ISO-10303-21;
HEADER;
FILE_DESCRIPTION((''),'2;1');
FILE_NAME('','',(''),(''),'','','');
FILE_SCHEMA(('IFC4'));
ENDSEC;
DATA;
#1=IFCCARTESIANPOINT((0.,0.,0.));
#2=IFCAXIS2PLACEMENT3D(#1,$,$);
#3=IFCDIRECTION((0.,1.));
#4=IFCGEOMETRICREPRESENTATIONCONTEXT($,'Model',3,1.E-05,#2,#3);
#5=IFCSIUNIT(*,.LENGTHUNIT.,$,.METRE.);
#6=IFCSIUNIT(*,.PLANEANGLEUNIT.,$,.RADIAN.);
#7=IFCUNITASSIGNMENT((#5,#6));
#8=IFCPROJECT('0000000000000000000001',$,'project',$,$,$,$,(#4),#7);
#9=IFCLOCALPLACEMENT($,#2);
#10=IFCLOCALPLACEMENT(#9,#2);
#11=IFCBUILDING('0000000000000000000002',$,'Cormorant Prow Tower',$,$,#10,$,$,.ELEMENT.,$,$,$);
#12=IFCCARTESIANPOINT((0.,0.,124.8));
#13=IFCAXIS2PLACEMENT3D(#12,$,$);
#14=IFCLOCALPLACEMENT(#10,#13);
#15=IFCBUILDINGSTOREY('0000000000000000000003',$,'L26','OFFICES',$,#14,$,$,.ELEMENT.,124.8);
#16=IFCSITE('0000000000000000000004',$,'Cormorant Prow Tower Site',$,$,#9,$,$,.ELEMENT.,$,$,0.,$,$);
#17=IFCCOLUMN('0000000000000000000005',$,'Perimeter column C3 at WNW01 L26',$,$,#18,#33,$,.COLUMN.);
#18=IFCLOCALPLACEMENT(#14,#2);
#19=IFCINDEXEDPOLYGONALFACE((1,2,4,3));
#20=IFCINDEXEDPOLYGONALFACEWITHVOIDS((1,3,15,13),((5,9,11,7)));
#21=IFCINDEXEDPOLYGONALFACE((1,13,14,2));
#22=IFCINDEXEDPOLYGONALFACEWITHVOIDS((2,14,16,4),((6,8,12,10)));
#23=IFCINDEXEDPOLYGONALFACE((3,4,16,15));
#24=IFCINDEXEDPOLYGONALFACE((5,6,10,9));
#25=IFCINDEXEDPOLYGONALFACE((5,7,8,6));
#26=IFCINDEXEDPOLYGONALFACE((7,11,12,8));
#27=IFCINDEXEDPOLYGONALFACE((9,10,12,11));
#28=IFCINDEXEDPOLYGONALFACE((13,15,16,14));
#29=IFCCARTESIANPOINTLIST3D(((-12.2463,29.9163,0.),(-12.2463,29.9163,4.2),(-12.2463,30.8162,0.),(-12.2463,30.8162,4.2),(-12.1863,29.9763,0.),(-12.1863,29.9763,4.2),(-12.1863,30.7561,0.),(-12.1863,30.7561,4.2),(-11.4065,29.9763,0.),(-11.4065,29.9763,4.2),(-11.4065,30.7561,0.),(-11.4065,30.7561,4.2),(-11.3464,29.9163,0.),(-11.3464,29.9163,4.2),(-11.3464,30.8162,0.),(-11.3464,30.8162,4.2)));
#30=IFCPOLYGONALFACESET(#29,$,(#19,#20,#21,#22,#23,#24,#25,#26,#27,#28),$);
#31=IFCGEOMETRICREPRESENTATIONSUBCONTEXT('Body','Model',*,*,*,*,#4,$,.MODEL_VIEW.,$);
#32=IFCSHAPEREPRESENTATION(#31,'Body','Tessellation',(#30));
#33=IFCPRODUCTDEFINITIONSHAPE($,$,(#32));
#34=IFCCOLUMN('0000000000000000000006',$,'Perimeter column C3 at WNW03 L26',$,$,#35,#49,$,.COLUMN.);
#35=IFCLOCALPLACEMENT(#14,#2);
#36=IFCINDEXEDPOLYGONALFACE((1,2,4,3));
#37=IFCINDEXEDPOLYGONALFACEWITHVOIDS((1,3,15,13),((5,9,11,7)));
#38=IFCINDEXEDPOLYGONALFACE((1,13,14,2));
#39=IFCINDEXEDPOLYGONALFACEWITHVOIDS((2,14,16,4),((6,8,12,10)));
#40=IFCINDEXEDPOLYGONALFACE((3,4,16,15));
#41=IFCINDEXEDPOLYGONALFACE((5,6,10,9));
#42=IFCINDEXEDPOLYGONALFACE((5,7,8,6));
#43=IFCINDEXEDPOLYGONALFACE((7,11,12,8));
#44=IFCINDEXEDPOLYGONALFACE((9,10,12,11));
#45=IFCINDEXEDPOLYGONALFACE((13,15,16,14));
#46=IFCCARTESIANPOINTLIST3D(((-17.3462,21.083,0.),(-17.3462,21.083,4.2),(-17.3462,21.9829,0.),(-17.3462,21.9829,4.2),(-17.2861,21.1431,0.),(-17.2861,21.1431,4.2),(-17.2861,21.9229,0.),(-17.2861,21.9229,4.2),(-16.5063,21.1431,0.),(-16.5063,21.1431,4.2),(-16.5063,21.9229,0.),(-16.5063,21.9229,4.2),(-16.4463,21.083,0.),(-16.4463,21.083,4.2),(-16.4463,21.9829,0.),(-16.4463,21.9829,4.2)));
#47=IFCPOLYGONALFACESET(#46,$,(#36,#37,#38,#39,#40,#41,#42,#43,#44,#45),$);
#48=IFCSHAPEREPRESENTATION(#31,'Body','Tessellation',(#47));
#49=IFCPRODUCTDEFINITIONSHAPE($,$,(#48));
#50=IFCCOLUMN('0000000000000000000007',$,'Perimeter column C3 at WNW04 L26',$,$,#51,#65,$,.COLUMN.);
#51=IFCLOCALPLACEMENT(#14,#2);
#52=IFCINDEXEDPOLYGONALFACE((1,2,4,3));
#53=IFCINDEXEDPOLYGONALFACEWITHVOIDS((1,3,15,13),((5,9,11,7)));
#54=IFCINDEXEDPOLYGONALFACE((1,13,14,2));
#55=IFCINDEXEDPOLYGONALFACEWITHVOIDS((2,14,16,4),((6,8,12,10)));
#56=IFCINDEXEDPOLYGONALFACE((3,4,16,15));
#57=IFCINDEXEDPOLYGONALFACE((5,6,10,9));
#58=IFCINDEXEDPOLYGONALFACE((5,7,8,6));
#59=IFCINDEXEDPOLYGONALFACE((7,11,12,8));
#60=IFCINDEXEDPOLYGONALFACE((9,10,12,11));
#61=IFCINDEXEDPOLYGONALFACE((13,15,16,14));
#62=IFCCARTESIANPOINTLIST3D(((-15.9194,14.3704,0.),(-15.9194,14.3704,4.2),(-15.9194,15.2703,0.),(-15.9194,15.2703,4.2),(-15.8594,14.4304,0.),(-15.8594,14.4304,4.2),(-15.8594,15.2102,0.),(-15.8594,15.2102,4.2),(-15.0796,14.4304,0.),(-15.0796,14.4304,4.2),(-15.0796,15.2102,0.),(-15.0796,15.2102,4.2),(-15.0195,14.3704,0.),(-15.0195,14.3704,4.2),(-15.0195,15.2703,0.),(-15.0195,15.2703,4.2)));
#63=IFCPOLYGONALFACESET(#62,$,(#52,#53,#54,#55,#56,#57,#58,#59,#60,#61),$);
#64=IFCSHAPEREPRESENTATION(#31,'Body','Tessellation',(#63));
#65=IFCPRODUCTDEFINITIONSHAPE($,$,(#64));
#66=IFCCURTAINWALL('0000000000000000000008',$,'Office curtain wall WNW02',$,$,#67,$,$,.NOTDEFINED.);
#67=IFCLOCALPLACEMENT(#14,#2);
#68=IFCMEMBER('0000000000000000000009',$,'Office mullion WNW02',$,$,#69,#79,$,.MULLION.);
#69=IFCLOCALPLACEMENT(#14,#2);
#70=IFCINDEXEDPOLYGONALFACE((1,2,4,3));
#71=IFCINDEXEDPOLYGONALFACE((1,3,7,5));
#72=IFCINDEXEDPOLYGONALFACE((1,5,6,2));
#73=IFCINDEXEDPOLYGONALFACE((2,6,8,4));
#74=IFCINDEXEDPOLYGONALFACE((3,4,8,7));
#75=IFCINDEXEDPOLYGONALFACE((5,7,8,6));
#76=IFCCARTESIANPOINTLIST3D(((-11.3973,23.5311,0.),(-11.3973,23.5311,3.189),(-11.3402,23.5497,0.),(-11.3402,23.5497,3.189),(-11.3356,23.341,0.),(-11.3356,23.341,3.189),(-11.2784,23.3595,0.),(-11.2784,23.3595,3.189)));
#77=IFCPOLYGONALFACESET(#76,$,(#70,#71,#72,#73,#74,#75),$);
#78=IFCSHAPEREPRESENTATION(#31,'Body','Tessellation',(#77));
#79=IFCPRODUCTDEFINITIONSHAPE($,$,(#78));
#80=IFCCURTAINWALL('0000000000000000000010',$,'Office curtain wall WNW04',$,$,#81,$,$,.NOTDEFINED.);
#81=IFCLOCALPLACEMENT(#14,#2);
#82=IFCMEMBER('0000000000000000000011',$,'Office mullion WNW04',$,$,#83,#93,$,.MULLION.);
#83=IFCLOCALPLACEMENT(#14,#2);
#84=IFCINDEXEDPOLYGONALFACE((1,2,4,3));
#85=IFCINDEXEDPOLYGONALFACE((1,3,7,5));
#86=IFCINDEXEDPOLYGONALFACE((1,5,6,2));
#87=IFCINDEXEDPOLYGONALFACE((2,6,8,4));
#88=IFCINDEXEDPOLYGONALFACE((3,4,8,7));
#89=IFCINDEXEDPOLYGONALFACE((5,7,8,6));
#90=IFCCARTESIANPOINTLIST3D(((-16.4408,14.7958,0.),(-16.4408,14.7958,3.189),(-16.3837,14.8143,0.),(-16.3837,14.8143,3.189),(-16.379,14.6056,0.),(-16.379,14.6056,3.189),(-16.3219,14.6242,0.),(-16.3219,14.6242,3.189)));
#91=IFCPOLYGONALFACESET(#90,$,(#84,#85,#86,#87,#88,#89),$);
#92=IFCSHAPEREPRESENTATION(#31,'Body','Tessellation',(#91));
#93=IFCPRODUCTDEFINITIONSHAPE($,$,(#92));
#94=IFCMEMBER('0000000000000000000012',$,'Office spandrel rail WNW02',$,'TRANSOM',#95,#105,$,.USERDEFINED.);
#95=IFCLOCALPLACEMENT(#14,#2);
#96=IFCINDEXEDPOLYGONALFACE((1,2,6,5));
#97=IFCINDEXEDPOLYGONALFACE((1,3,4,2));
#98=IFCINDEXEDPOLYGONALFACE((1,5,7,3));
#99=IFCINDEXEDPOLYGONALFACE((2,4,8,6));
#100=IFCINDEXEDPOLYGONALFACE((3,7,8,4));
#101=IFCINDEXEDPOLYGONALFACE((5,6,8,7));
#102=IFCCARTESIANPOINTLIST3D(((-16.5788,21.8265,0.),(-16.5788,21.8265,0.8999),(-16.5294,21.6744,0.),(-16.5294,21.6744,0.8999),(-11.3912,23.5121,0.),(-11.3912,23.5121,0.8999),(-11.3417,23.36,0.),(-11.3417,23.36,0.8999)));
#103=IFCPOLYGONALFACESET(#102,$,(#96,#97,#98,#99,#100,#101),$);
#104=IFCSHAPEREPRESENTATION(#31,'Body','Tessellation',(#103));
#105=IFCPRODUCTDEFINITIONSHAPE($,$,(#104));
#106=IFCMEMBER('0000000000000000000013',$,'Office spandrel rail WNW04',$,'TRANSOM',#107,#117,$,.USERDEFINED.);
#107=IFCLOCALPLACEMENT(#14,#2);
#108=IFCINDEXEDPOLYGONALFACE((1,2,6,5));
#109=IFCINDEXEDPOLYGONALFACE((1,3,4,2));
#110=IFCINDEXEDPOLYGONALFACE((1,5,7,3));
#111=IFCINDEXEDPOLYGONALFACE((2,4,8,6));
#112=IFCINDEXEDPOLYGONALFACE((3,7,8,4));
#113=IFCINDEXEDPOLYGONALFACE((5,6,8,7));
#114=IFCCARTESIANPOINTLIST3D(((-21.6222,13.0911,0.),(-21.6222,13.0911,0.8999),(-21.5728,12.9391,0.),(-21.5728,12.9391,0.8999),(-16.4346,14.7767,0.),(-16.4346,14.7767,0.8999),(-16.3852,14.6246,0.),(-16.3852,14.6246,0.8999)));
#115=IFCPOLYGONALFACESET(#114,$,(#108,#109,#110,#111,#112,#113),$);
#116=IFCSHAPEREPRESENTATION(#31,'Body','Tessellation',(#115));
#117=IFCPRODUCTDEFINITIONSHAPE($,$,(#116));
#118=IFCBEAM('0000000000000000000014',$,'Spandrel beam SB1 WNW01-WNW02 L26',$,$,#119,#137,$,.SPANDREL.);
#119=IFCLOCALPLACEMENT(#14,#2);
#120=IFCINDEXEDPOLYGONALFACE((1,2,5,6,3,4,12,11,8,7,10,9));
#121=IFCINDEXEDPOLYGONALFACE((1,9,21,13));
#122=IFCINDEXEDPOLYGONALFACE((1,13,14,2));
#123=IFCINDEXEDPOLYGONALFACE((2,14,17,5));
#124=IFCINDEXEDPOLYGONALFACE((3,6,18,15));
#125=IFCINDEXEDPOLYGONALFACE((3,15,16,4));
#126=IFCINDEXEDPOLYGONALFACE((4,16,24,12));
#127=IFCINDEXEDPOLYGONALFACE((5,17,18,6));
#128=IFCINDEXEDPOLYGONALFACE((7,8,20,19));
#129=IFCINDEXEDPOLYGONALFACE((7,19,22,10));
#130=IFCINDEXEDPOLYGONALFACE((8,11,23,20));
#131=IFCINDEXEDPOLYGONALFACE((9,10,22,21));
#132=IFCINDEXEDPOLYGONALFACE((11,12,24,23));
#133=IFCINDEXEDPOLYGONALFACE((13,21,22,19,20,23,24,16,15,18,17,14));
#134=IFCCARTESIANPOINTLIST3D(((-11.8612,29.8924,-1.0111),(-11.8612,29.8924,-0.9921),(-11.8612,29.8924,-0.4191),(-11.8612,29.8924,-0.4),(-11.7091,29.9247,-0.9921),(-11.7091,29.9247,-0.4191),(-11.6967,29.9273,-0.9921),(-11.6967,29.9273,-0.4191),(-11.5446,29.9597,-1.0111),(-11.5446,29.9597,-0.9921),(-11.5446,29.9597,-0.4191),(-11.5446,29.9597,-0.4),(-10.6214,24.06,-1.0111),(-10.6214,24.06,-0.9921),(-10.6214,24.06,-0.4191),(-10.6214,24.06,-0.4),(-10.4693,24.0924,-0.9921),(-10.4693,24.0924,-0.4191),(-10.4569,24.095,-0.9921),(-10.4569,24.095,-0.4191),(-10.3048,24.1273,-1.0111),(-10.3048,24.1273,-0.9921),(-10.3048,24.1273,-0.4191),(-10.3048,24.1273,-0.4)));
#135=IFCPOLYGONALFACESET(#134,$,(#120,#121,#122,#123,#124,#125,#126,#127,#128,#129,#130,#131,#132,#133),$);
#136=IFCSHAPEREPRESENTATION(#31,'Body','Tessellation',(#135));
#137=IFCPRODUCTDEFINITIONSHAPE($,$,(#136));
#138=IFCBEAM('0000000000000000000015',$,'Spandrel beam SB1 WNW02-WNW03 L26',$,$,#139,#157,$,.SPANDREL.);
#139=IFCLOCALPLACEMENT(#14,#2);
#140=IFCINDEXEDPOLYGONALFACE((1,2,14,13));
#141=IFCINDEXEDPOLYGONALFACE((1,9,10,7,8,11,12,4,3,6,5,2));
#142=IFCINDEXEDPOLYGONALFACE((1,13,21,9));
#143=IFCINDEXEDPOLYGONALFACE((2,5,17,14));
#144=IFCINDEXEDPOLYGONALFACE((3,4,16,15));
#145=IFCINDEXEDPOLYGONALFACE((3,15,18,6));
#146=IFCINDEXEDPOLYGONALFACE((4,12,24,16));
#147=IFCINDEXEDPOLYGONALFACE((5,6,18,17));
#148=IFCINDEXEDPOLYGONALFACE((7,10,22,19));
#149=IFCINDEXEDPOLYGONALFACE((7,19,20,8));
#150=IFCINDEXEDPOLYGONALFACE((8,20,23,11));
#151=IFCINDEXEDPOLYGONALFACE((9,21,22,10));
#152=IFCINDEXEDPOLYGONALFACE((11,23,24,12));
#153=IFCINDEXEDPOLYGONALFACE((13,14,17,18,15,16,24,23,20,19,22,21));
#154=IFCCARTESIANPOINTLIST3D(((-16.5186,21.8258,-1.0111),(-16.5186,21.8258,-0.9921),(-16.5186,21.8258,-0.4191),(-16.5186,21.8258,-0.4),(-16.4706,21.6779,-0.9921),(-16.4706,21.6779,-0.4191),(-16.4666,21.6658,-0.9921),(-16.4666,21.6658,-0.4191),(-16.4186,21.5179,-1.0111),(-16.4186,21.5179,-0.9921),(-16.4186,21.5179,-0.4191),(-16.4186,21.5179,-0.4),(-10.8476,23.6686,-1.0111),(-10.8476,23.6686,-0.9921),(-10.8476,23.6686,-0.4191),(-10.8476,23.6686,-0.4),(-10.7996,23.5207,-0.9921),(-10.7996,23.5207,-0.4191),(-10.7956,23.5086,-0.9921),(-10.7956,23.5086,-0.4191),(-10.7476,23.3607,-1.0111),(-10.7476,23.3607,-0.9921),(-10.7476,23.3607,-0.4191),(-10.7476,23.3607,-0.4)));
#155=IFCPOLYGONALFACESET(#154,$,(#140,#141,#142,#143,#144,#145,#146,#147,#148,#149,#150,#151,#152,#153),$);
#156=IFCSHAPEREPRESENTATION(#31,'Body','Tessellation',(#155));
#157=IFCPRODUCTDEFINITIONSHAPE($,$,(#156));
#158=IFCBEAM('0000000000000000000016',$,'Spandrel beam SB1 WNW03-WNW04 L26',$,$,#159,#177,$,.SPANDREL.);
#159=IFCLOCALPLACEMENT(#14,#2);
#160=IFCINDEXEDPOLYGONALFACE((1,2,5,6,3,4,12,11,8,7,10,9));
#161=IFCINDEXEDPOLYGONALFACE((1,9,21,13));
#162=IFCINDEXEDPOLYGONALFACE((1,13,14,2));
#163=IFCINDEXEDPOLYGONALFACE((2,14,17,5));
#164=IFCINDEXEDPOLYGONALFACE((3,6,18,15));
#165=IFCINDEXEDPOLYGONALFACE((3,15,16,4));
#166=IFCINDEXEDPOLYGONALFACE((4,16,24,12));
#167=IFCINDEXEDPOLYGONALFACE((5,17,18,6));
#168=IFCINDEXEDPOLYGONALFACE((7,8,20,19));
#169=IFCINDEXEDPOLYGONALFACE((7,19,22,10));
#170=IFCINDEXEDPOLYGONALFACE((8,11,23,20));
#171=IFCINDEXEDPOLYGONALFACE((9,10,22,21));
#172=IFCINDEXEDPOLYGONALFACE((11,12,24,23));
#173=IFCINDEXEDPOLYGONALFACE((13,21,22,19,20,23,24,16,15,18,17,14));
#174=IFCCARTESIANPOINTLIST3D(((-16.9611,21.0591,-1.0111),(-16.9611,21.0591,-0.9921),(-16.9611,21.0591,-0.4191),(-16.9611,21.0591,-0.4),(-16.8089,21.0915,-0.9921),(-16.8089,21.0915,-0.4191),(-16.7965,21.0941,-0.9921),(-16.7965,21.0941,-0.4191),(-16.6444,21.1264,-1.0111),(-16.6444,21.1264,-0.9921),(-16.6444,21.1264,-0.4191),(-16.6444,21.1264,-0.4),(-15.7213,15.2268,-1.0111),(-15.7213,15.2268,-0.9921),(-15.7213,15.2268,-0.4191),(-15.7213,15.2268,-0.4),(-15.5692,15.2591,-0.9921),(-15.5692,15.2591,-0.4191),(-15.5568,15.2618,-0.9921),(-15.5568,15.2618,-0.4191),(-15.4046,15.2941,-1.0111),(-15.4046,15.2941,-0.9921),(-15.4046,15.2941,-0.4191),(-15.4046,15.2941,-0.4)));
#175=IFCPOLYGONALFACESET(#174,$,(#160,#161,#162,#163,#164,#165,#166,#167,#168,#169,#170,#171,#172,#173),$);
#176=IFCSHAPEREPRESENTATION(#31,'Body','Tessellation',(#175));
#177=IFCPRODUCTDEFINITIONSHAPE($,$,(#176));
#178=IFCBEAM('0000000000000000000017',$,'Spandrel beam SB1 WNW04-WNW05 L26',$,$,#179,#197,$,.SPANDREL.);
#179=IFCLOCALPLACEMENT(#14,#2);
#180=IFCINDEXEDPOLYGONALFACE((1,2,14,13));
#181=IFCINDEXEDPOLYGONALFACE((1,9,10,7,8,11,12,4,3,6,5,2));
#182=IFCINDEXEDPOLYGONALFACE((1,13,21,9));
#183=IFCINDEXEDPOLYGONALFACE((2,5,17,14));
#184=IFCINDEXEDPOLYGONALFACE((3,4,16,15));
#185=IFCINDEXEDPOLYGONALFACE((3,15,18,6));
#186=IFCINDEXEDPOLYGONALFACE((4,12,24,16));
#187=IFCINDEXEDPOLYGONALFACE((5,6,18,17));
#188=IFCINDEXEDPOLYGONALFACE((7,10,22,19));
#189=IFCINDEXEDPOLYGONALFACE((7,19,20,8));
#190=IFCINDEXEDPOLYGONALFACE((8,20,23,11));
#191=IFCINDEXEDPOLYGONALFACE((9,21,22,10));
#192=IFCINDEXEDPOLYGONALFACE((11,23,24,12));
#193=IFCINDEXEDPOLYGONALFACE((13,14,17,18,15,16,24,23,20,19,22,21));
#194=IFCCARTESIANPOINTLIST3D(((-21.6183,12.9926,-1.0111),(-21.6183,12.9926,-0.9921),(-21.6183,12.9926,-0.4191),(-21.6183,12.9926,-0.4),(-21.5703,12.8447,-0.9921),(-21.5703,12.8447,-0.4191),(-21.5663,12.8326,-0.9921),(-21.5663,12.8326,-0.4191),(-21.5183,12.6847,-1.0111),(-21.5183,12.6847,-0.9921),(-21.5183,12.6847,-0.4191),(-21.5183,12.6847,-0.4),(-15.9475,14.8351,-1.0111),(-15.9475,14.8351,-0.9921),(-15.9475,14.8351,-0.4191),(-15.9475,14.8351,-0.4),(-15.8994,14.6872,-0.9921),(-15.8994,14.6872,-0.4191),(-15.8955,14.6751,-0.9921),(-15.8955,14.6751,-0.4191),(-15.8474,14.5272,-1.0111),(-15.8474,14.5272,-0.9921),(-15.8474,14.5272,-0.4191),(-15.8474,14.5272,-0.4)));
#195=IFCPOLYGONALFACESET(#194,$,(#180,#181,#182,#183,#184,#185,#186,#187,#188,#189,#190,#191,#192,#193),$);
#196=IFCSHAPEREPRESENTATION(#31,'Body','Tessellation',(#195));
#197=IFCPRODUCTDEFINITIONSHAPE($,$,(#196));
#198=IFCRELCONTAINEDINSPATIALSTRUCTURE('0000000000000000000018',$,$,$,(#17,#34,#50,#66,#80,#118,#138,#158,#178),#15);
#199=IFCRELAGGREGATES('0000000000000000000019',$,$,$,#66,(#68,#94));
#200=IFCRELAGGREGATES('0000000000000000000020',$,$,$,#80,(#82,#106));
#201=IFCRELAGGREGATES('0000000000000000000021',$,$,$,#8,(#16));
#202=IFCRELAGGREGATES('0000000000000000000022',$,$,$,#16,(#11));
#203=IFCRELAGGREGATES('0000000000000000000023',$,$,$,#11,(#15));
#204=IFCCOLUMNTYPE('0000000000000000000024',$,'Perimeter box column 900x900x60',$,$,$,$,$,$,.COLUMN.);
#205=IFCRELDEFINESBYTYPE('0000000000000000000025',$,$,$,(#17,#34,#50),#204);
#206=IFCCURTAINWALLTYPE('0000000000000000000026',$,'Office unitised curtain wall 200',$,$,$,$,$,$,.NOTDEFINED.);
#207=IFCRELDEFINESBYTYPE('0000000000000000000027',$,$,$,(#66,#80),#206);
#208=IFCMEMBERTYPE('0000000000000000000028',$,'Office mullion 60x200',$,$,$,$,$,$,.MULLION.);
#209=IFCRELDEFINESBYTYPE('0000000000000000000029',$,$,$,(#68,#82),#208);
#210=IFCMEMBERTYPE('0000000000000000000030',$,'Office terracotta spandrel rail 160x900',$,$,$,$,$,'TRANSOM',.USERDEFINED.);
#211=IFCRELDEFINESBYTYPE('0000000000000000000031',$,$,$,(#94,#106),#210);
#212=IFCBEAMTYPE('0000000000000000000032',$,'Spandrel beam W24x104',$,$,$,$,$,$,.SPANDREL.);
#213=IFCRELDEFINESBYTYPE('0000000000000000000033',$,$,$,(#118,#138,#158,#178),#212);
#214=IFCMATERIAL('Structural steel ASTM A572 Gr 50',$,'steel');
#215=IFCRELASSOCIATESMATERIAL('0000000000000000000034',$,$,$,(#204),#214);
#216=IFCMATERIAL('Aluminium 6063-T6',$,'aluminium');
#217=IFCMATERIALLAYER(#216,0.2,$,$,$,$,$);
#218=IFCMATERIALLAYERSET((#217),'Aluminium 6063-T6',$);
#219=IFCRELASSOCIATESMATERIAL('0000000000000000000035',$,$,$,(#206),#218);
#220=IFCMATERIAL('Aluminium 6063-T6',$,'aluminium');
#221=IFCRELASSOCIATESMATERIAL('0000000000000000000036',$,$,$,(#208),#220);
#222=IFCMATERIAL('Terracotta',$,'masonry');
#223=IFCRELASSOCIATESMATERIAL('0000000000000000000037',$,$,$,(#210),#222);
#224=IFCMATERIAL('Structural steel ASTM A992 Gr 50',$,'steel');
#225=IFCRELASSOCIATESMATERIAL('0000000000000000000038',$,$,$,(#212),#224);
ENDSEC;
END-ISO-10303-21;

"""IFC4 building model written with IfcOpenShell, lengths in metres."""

from ifc_helpers import new_model, si_unit, direction, frame, origin, origin_2d, place, context, subcontext, project, spatial, rectangle, hollow_rectangle, i_section, extrude, material, layer, layer_set, material_profile, profile_set, type_object, element, aggregate, save


model = new_model("IFC4")

# Units and contexts
model_context = context("Model", 3, precision=1e-05, world=origin(), true_north=direction((0.0, 1.0)))
body_context = subcontext(model_context, "Body", "Model", "MODEL_VIEW")
ifc_project = project(units=[si_unit("LENGTHUNIT", "METRE"), si_unit("PLANEANGLEUNIT", "RADIAN")], contexts=[model_context])

# Site, building, storey
site_placement = place(None, origin())
site = spatial("IfcSite", under=ifc_project, at=site_placement, Name="Cormorant Prow Tower Site", CompositionType="ELEMENT", RefElevation=0.0)
building_placement = place(site_placement, origin())
building = spatial("IfcBuilding", under=site, at=building_placement, Name="Cormorant Prow Tower", CompositionType="ELEMENT")
storey_placement = place(building_placement, frame((0.0, 0.0, 124.8)))
storey = spatial("IfcBuildingStorey", under=building, at=storey_placement, Name="L26", Description="OFFICES", CompositionType="ELEMENT", Elevation=124.8)

# Columns
ifc_material_1 = material(Name="Structural steel ASTM A572 Gr 50", Category="steel")
ifc_material_profile_1 = material_profile(ifc_material_1, hollow_rectangle(XDim=0.8999, YDim=0.8999, WallThickness=0.0601, at=origin_2d()), Name="Box 900x900x60")
ifc_profile_set_1 = profile_set([ifc_material_profile_1], Name="Structural steel ASTM A572 Gr 50")
column_type = type_object("IfcColumnType", Name="Perimeter box column 900x900x60", PredefinedType="COLUMN", material=ifc_profile_set_1)
for number, where, z_axis, x_axis, name in (
    (1, (-11.7964, 30.3662, 0.0), (0.0, 0.0, 1.0), (1.0, 0.0, 0.0), "Perimeter column C3 at WNW01 L26"),
    (2, (-16.8962, 21.533, 0.0), (0.0, 0.0, 1.0), (1.0, 0.0, 0.0), "Perimeter column C3 at WNW03 L26"),
    (3, (-15.4695, 14.8203, 0.0), (0.0, 0.0, 1.0), (1.0, 0.0, 0.0), "Perimeter column C3 at WNW04 L26"),
):
    element("IfcColumn", number, at=place(storey_placement, frame(where, z_axis=z_axis, x_axis=x_axis)), inside=storey, type_object=column_type, Name=name, PredefinedType="COLUMN", context=body_context, shape_type="SweptSolid", body=[
        extrude(hollow_rectangle(XDim=0.8999, YDim=0.8999, WallThickness=0.0601, at=origin_2d()), origin(), (0.0, 0.0, 1.0), 4.2),
    ])

# Curtain walls, members
ifc_material_2 = material(Name="Aluminium 6063-T6", Category="aluminium")
ifc_layer_1 = layer(ifc_material_2, 0.2)
ifc_layer_set_1 = layer_set([ifc_layer_1], Name="Aluminium 6063-T6")
curtain_wall_type = type_object("IfcCurtainWallType", Name="Office unitised curtain wall 200", PredefinedType="NOTDEFINED", material=ifc_layer_set_1)
curtain_wall_1_placement = place(storey_placement, origin())
curtain_wall_1 = element("IfcCurtainWall", 4, at=curtain_wall_1_placement, inside=storey, type_object=curtain_wall_type, Name="Office curtain wall WNW02", PredefinedType="NOTDEFINED")
ifc_material_3 = material(Name="Aluminium 6063-T6", Category="aluminium")
ifc_material_profile_2 = material_profile(ifc_material_3, rectangle(XDim=0.2, YDim=0.0601, at=origin_2d()), Name="Office mullion 60x200")
ifc_profile_set_2 = profile_set([ifc_material_profile_2], Name="Aluminium 6063-T6")
member_type_1 = type_object("IfcMemberType", Name="Office mullion 60x200", PredefinedType="MULLION", material=ifc_profile_set_2)
member_1_placement = place(storey_placement, frame((-11.3379, 23.4453, 0.0), z_axis=(0.0, 0.0, 1.0), x_axis=(0.309017, -0.951057, 0.0)))
member_1 = element("IfcMember", 5, at=member_1_placement, type_object=member_type_1, Name="Office mullion WNW02", PredefinedType="MULLION", context=body_context, shape_type="SweptSolid", body=[
    extrude(rectangle(XDim=0.2, YDim=0.0601, at=origin_2d()), origin(), (0.0, 0.0, 1.0), 3.189),
])
curtain_wall_2_placement = place(storey_placement, origin())
curtain_wall_2 = element("IfcCurtainWall", 6, at=curtain_wall_2_placement, inside=storey, type_object=curtain_wall_type, Name="Office curtain wall WNW04", PredefinedType="NOTDEFINED")
member_2_placement = place(storey_placement, frame((-16.3813, 14.71, 0.0), z_axis=(0.0, 0.0, 1.0), x_axis=(0.309017, -0.951057, 0.0)))
member_2 = element("IfcMember", 7, at=member_2_placement, type_object=member_type_1, Name="Office mullion WNW04", PredefinedType="MULLION", context=body_context, shape_type="SweptSolid", body=[
    extrude(rectangle(XDim=0.2, YDim=0.0601, at=origin_2d()), origin(), (0.0, 0.0, 1.0), 3.189),
])

# Members
ifc_material_4 = material(Name="Terracotta", Category="masonry")
ifc_material_profile_3 = material_profile(ifc_material_4, rectangle(XDim=0.1599, YDim=0.8999, at=origin_2d()), Name="Office terracotta spandrel rail 160x900")
ifc_profile_set_3 = profile_set([ifc_material_profile_3], Name="Terracotta")
member_type_2 = type_object("IfcMemberType", Name="Office terracotta spandrel rail 160x900", ElementType="TRANSOM", PredefinedType="USERDEFINED", material=ifc_profile_set_3)
member_3_placement = place(storey_placement, frame((-11.3665, 23.436, 0.45), z_axis=(-0.951055, -0.309021, 0.0), x_axis=(0.309021, -0.951055, 0.0)))
member_3 = element("IfcMember", 8, at=member_3_placement, type_object=member_type_2, Name="Office spandrel rail WNW02", ObjectType="TRANSOM", PredefinedType="USERDEFINED", context=body_context, shape_type="SweptSolid", body=[
    extrude(rectangle(XDim=0.1599, YDim=0.8999, at=origin_2d()), origin(), (0.0, 0.0, 1.0), 5.4546),
])
member_4_placement = place(storey_placement, frame((-16.4099, 14.7007, 0.45), z_axis=(-0.951055, -0.309021, 0.0), x_axis=(0.309021, -0.951055, 0.0)))
member_4 = element("IfcMember", 9, at=member_4_placement, type_object=member_type_2, Name="Office spandrel rail WNW04", ObjectType="TRANSOM", PredefinedType="USERDEFINED", context=body_context, shape_type="SweptSolid", body=[
    extrude(rectangle(XDim=0.1599, YDim=0.8999, at=origin_2d()), origin(), (0.0, 0.0, 1.0), 5.4546),
])

# Beams
ifc_material_5 = material(Name="Structural steel ASTM A992 Gr 50", Category="steel")
ifc_material_profile_4 = material_profile(ifc_material_5, i_section(OverallWidth=0.3237, OverallDepth=0.6111, WebThickness=0.0127, FlangeThickness=0.019, at=origin_2d()), Name="W24x104")
ifc_profile_set_4 = profile_set([ifc_material_profile_4], Name="Structural steel ASTM A992 Gr 50")
beam_type = type_object("IfcBeamType", Name="Spandrel beam W24x104", PredefinedType="SPANDREL", material=ifc_profile_set_4)
beam_1_placement = place(storey_placement, frame((-11.7029, 29.926, -0.7056), z_axis=(0.207921, -0.978146, 0.0), x_axis=(0.978146, 0.207921, 0.0)))
element("IfcBeam", 10, at=beam_1_placement, inside=storey, type_object=beam_type, Name="Spandrel beam SB1 WNW01-WNW02 L26", PredefinedType="SPANDREL", context=body_context, shape_type="SweptSolid", body=[
    extrude(i_section(OverallWidth=0.3237, OverallDepth=0.6111, WebThickness=0.0127, FlangeThickness=0.019, at=origin_2d()), origin(), (0.0, 0.0, 1.0), 5.9626),
])
beam_2_placement = place(storey_placement, frame((-10.7976, 23.5146, -0.7056), z_axis=(-0.951047, -0.309045, 0.0), x_axis=(0.309045, -0.951047, 0.0)))
element("IfcBeam", 11, at=beam_2_placement, inside=storey, type_object=beam_type, Name="Spandrel beam SB1 WNW02-WNW03 L26", PredefinedType="SPANDREL", context=body_context, shape_type="SweptSolid", body=[
    extrude(i_section(OverallWidth=0.3237, OverallDepth=0.6111, WebThickness=0.0127, FlangeThickness=0.019, at=origin_2d()), origin(), (0.0, 0.0, 1.0), 5.9629),
])
for number, where, z_axis, x_axis, name in (
    (12, (-16.8027, 21.0928, -0.7056), (0.207921, -0.978146, 0.0), (0.978146, 0.207921, 0.0), "Spandrel beam SB1 WNW03-WNW04 L26"),
    (13, (-15.8975, 14.6812, -0.7056), (-0.951059, -0.309008, 0.0), (0.309008, -0.951059, 0.0), "Spandrel beam SB1 WNW04-WNW05 L26"),
):
    element("IfcBeam", number, at=place(storey_placement, frame(where, z_axis=z_axis, x_axis=x_axis)), inside=storey, type_object=beam_type, Name=name, PredefinedType="SPANDREL", context=body_context, shape_type="SweptSolid", body=[
        extrude(i_section(OverallWidth=0.3237, OverallDepth=0.6111, WebThickness=0.0127, FlangeThickness=0.019, at=origin_2d()), origin(), (0.0, 0.0, 1.0), 5.9626),
    ])

aggregate(curtain_wall_1, [member_1, member_3])
aggregate(curtain_wall_2, [member_2, member_4])

save(model, "model.ifc")
